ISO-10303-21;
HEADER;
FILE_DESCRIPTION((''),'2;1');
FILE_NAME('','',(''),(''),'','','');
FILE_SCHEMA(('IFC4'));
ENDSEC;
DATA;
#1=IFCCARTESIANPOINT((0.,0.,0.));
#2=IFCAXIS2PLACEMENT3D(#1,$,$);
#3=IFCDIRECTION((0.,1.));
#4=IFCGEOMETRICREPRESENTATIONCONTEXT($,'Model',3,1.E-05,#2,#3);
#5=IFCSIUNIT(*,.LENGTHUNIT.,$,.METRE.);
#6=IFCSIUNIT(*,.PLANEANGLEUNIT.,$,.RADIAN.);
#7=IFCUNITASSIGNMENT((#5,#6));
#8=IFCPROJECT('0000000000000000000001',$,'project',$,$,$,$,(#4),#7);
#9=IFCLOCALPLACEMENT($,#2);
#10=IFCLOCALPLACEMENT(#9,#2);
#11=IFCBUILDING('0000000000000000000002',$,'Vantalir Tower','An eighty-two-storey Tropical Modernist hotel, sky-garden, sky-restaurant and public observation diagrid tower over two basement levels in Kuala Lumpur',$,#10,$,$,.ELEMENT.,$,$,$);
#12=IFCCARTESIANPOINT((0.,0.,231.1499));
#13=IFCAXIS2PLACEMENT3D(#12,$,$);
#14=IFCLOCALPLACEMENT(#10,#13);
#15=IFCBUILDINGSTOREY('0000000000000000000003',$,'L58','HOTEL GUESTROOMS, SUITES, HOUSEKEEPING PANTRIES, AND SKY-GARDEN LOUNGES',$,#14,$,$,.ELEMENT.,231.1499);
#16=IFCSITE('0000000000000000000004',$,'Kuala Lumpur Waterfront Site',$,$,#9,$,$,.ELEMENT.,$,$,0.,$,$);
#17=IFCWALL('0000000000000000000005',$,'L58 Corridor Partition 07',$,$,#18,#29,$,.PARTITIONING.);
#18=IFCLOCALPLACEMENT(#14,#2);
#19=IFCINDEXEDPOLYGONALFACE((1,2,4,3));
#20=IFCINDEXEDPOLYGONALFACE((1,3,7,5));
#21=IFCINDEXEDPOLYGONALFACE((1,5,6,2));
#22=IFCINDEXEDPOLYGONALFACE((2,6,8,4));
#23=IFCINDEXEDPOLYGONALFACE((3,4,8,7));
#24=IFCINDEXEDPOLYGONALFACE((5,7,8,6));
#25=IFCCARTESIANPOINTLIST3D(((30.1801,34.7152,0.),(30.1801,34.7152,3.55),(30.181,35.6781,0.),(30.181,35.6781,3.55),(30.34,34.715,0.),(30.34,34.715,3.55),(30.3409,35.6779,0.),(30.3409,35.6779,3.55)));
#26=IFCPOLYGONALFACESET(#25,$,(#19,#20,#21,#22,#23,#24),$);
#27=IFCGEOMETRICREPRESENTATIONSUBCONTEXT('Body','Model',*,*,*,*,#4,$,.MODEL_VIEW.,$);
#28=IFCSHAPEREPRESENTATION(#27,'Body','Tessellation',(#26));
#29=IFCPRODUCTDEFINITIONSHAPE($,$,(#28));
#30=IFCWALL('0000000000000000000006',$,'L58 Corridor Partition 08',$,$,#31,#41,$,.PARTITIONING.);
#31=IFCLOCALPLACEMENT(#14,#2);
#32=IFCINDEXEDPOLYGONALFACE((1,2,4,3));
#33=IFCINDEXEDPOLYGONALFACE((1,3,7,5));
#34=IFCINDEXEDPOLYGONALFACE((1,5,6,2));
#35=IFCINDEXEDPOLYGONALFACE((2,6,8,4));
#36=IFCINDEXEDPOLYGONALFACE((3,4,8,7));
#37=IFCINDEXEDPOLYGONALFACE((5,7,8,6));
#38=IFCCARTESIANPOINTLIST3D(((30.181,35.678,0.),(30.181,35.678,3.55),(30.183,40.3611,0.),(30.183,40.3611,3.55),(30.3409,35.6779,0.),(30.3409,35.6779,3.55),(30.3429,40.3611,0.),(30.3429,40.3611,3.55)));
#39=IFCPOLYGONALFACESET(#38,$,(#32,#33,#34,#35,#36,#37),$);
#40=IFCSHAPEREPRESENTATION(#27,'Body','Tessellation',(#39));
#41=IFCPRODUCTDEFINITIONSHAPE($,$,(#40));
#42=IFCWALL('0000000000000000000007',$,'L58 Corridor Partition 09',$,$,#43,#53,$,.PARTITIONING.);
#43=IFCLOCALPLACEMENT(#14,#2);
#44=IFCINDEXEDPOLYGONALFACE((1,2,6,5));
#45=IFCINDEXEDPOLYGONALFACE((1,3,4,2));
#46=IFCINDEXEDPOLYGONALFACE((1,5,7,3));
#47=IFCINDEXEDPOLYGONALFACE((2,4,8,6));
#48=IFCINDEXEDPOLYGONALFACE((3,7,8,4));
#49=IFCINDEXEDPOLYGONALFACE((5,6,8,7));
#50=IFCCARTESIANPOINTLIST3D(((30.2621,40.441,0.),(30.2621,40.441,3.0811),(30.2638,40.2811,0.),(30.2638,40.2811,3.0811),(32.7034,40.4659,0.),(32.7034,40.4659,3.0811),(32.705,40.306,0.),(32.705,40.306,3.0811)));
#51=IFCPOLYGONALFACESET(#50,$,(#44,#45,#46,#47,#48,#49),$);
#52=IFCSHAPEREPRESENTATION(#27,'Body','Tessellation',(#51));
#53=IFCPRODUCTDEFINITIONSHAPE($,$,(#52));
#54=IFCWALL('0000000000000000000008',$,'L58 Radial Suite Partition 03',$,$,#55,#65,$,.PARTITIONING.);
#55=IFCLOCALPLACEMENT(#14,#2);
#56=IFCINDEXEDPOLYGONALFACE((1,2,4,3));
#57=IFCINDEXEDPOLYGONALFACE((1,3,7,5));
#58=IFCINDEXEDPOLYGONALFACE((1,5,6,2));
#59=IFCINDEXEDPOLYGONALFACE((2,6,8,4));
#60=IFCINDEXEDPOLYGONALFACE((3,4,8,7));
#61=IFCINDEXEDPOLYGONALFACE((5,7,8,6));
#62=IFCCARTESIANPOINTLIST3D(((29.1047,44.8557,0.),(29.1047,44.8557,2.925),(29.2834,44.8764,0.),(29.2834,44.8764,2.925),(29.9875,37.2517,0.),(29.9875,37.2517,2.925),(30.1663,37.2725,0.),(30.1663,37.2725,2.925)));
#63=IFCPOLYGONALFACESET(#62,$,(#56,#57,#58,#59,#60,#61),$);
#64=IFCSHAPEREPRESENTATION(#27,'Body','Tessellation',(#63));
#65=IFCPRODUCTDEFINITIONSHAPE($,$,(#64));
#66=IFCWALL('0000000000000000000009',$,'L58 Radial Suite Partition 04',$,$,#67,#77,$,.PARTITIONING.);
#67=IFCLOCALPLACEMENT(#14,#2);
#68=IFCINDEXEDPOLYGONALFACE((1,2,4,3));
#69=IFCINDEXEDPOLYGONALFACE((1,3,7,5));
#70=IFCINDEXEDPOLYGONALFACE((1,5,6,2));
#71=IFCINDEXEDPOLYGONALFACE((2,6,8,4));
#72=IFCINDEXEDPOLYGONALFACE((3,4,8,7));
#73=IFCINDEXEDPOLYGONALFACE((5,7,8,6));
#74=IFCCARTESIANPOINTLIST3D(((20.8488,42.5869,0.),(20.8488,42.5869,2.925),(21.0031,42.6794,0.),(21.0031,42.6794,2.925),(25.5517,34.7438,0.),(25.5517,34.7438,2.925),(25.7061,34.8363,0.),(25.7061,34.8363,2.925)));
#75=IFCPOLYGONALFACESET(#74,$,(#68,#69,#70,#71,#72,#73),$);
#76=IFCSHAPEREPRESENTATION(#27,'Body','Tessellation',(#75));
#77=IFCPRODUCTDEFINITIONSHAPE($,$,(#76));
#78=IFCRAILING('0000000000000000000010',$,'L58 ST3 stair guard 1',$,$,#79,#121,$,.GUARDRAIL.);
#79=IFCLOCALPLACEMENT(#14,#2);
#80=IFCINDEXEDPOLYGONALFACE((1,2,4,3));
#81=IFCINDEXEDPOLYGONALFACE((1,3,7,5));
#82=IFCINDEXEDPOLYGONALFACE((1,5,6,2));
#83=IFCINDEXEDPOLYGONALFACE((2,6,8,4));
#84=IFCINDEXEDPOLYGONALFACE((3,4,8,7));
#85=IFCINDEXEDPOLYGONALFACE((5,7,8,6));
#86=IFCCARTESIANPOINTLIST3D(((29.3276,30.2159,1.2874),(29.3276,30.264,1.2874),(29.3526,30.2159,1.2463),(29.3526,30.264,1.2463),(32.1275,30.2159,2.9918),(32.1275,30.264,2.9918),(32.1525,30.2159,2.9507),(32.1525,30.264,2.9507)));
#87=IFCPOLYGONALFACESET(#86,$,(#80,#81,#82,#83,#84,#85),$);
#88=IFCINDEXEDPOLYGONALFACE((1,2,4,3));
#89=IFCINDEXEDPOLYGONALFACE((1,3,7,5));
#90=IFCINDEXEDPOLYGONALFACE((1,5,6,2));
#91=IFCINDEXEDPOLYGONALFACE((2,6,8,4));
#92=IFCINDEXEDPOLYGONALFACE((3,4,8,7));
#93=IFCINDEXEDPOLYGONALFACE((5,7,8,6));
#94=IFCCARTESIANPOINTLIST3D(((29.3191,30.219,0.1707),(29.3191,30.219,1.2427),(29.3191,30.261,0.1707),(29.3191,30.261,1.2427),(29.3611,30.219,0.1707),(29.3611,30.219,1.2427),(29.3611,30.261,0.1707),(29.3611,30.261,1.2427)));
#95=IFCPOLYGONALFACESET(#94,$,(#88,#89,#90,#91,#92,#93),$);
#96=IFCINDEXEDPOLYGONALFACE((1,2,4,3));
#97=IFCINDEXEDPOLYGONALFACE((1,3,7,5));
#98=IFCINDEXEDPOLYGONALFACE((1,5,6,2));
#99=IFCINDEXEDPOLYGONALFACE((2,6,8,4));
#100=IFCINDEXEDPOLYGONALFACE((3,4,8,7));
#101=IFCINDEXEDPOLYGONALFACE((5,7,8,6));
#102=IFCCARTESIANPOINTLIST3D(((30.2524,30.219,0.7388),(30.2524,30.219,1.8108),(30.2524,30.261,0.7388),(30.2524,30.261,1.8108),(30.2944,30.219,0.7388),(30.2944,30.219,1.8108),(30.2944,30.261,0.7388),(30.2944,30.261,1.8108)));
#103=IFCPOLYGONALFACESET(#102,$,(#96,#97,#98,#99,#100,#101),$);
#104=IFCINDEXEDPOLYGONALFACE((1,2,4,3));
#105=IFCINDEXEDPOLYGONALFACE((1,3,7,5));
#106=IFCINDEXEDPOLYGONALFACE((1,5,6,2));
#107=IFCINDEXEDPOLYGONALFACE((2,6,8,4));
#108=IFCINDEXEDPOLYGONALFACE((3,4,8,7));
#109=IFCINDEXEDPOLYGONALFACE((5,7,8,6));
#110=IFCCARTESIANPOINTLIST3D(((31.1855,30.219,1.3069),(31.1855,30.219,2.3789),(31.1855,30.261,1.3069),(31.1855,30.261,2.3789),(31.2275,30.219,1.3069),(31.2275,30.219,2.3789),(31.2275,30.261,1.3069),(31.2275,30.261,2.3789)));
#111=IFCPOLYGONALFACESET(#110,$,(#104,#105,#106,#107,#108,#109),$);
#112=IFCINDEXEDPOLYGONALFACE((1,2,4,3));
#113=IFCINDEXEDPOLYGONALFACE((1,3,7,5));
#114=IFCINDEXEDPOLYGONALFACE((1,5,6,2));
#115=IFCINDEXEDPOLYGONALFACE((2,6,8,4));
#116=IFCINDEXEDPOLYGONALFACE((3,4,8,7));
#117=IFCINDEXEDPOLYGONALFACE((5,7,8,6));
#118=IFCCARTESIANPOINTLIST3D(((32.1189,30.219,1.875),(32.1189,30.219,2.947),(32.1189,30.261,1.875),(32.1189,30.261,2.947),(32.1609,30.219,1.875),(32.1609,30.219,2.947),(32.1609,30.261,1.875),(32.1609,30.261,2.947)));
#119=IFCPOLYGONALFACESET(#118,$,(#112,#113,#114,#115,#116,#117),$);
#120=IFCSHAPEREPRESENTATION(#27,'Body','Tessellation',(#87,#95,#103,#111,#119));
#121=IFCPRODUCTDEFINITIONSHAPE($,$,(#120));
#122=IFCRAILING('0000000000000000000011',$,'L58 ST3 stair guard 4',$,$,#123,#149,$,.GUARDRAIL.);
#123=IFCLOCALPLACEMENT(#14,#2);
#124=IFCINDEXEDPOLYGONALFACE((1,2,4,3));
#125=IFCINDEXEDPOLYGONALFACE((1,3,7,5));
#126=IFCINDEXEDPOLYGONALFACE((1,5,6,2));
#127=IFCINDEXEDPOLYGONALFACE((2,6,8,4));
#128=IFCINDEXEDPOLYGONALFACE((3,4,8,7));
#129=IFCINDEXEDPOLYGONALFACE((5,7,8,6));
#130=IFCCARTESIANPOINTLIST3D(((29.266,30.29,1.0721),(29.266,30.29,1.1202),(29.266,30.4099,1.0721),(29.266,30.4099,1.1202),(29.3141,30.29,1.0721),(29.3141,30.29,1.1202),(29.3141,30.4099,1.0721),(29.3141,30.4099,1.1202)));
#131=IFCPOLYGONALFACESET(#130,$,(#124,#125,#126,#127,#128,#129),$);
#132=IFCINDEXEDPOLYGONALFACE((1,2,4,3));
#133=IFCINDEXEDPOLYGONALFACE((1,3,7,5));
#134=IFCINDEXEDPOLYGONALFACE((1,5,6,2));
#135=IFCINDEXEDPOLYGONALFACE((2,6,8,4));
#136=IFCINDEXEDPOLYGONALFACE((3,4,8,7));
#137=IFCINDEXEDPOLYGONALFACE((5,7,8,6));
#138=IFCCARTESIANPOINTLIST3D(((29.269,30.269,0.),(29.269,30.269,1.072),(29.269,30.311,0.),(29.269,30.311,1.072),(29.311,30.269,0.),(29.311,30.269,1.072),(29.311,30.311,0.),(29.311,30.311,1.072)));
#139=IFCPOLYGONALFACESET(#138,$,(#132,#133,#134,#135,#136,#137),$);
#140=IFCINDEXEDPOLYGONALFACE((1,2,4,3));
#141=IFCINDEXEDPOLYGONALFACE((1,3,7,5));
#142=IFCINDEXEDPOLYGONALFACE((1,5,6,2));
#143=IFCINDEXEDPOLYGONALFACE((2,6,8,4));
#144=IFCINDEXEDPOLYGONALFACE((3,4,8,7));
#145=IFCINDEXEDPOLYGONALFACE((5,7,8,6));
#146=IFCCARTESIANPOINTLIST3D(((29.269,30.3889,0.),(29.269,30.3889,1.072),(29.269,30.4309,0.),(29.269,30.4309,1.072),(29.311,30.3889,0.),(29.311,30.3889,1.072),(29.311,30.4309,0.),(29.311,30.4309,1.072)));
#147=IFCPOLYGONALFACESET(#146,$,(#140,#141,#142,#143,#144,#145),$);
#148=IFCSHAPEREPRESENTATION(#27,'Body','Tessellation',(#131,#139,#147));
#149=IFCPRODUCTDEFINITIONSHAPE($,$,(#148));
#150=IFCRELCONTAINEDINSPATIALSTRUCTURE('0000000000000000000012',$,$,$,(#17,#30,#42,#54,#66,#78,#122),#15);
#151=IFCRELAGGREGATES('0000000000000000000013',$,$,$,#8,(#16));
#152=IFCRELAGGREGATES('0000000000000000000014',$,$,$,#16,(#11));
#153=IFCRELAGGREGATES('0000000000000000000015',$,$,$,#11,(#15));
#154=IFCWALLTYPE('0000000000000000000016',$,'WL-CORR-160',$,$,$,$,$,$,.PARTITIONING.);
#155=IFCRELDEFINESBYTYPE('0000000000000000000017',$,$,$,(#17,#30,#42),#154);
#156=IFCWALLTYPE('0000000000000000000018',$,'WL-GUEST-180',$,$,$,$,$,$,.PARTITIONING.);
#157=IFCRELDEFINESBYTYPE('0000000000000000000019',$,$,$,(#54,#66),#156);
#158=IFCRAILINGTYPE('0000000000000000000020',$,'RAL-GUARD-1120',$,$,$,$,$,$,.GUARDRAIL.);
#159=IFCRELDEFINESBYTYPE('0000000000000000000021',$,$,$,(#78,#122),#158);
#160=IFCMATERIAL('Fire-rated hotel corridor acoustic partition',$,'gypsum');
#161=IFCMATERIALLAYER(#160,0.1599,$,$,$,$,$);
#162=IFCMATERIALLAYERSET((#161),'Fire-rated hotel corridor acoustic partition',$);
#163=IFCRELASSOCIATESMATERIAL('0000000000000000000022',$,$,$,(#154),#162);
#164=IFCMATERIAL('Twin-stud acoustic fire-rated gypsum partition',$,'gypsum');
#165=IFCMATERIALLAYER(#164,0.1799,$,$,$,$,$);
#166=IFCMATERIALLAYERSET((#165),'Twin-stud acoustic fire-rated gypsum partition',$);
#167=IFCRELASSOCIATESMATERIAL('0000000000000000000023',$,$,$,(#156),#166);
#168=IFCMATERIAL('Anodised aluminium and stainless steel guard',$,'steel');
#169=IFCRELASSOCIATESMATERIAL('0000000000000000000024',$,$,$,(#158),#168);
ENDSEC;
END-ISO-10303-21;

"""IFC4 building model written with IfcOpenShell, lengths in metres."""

from ifc_helpers import new_model, si_unit, direction, frame, frame_2d, origin, origin_2d, place, context, subcontext, project, spatial, rectangle, extrude, material, layer, layer_set, type_object, element, save


model = new_model("IFC4")

# Units and contexts
model_context = context("Model", 3, precision=1e-05, world=origin(), true_north=direction((0.0, 1.0)))
body_context = subcontext(model_context, "Body", "Model", "MODEL_VIEW")
ifc_project = project(units=[si_unit("LENGTHUNIT", "METRE"), si_unit("PLANEANGLEUNIT", "RADIAN")], contexts=[model_context])

# Site, building, storey
site_placement = place(None, origin())
site = spatial("IfcSite", under=ifc_project, at=site_placement, Name="Kuala Lumpur Waterfront Site", CompositionType="ELEMENT", RefElevation=0.0)
building_placement = place(site_placement, origin())
building = spatial("IfcBuilding", under=site, at=building_placement, Name="Vantalir Tower", Description="An eighty-two-storey Tropical Modernist hotel, sky-garden, sky-restaurant and public observation diagrid tower over two basement levels in Kuala Lumpur", CompositionType="ELEMENT")
storey_placement = place(building_placement, frame((0.0, 0.0, 231.1499)))
storey = spatial("IfcBuildingStorey", under=building, at=storey_placement, Name="L58", Description="HOTEL GUESTROOMS, SUITES, HOUSEKEEPING PANTRIES, AND SKY-GARDEN LOUNGES", CompositionType="ELEMENT", Elevation=231.1499)

# Shared definitions
ifc_material_1 = material(Name="Fire-rated hotel corridor acoustic partition", Category="gypsum")
ifc_layer_1 = layer(ifc_material_1, 0.1599)
ifc_layer_set_1 = layer_set([ifc_layer_1], Name="Fire-rated hotel corridor acoustic partition")
wall_type_1 = type_object("IfcWallType", Name="WL-CORR-160", PredefinedType="PARTITIONING", material=ifc_layer_set_1)

# Walls
wall_1_placement = place(storey_placement, frame((30.26, 34.7151, 0.0), z_axis=(0.0, 0.0, 1.0), x_axis=(0.001014, 0.999999, 0.0)))
element("IfcWall", 1, at=wall_1_placement, inside=storey, type_object=wall_type_1, Name="L58 Corridor Partition 07", PredefinedType="PARTITIONING", context=body_context, shape_type="SweptSolid", body=[
    extrude(rectangle(XDim=0.9629, YDim=0.1599, at=frame_2d((0.4814, 0.0))), origin(), (0.0, 0.0, 1.0), 3.55),
])
wall_2_placement = place(storey_placement, frame((30.261, 35.678, 0.0), z_axis=(0.0, 0.0, 1.0), x_axis=(0.000417, 1.0, 0.0)))
element("IfcWall", 2, at=wall_2_placement, inside=storey, type_object=wall_type_1, Name="L58 Corridor Partition 08", PredefinedType="PARTITIONING", context=body_context, shape_type="SweptSolid", body=[
    extrude(rectangle(XDim=4.6831, YDim=0.1599, at=frame_2d((2.3416, 0.0))), origin(), (0.0, 0.0, 1.0), 3.55),
])
wall_3_placement = place(storey_placement, frame((30.2629, 40.3611, 0.0), z_axis=(0.0, 0.0, 1.0), x_axis=(0.999948, 0.0102, 0.0)))
element("IfcWall", 3, at=wall_3_placement, inside=storey, type_object=wall_type_1, Name="L58 Corridor Partition 09", PredefinedType="PARTITIONING", context=body_context, shape_type="SweptSolid", body=[
    extrude(rectangle(XDim=2.4414, YDim=0.1599, at=frame_2d((1.2207, 0.0))), origin(), (0.0, 0.0, 1.0), 3.0811),
])
ifc_material_2 = material(Name="Twin-stud acoustic fire-rated gypsum partition", Category="gypsum")
ifc_layer_2 = layer(ifc_material_2, 0.1799)
ifc_layer_set_2 = layer_set([ifc_layer_2], Name="Twin-stud acoustic fire-rated gypsum partition")
wall_type_2 = type_object("IfcWallType", Name="WL-GUEST-180", PredefinedType="PARTITIONING", material=ifc_layer_set_2)
wall_4_placement = place(storey_placement, frame((30.0769, 37.262, 0.0), z_axis=(0.0, 0.0, 1.0), x_axis=(-0.115324, 0.993328, 0.0)))
element("IfcWall", 4, at=wall_4_placement, inside=storey, type_object=wall_type_2, Name="L58 Radial Suite Partition 03", PredefinedType="PARTITIONING", context=body_context, shape_type="SweptSolid", body=[
    extrude(rectangle(XDim=7.655, YDim=0.1799, at=frame_2d((3.8276, 0.0))), origin(), (0.0, 0.0, 1.0), 2.925),
])
wall_5_placement = place(storey_placement, frame((25.6289, 34.79, 0.0), z_axis=(0.0, 0.0, 1.0), x_axis=(-0.51426, 0.857634, 0.0)))
element("IfcWall", 5, at=wall_5_placement, inside=storey, type_object=wall_type_2, Name="L58 Radial Suite Partition 04", PredefinedType="PARTITIONING", context=body_context, shape_type="SweptSolid", body=[
    extrude(rectangle(XDim=9.145, YDim=0.1799, at=frame_2d((4.5725, 0.0))), origin(), (0.0, 0.0, 1.0), 2.925),
])

# Railings
ifc_material_3 = material(Name="Anodised aluminium and stainless steel guard", Category="steel")
railing_type = type_object("IfcRailingType", Name="RAL-GUARD-1120", PredefinedType="GUARDRAIL", material=ifc_material_3)
railing_1_placement = place(storey_placement, frame((29.3401, 30.24, 0.1707)))
element("IfcRailing", 6, at=railing_1_placement, inside=storey, type_object=railing_type, Name="L58 ST3 stair guard 1", PredefinedType="GUARDRAIL", context=body_context, shape_type="SweptSolid", body=[
    extrude(rectangle(XDim=0.0481, YDim=0.0481, at=origin_2d()), frame((0.0, 0.0, 1.0962), z_axis=(0.854183, 0.0, 0.519973), x_axis=(0.0, 1.0, 0.0)), (0.0, 0.0, 1.0), 3.2778),
    extrude(rectangle(XDim=0.042, YDim=0.042, at=origin_2d()), origin(), (0.0, 0.0, 1.0), 1.072),
    extrude(rectangle(XDim=0.042, YDim=0.042, at=origin_2d()), frame((0.9333, 0.0, 0.5681)), (0.0, 0.0, 1.0), 1.072),
    extrude(rectangle(XDim=0.042, YDim=0.042, at=origin_2d()), frame((1.8665, 0.0, 1.1362)), (0.0, 0.0, 1.0), 1.072),
    extrude(rectangle(XDim=0.042, YDim=0.042, at=origin_2d()), frame((2.7998, 0.0, 1.7043)), (0.0, 0.0, 1.0), 1.072),
])
railing_2_placement = place(storey_placement, frame((29.29, 30.29, 0.0)))
element("IfcRailing", 7, at=railing_2_placement, inside=storey, type_object=railing_type, Name="L58 ST3 stair guard 4", PredefinedType="GUARDRAIL", context=body_context, shape_type="SweptSolid", body=[
    extrude(rectangle(XDim=0.0481, YDim=0.0481, at=origin_2d()), frame((0.0, 0.0, 1.0962), z_axis=(0.0, 1.0, 0.0), x_axis=(-1.0, 0.0, 0.0)), (0.0, 0.0, 1.0), 0.1199),
    extrude(rectangle(XDim=0.042, YDim=0.042, at=origin_2d()), origin(), (0.0, 0.0, 1.0), 1.072),
    extrude(rectangle(XDim=0.042, YDim=0.042, at=origin_2d()), frame((0.0, 0.1199, 0.0)), (0.0, 0.0, 1.0), 1.072),
])

save(model, "model.ifc")
